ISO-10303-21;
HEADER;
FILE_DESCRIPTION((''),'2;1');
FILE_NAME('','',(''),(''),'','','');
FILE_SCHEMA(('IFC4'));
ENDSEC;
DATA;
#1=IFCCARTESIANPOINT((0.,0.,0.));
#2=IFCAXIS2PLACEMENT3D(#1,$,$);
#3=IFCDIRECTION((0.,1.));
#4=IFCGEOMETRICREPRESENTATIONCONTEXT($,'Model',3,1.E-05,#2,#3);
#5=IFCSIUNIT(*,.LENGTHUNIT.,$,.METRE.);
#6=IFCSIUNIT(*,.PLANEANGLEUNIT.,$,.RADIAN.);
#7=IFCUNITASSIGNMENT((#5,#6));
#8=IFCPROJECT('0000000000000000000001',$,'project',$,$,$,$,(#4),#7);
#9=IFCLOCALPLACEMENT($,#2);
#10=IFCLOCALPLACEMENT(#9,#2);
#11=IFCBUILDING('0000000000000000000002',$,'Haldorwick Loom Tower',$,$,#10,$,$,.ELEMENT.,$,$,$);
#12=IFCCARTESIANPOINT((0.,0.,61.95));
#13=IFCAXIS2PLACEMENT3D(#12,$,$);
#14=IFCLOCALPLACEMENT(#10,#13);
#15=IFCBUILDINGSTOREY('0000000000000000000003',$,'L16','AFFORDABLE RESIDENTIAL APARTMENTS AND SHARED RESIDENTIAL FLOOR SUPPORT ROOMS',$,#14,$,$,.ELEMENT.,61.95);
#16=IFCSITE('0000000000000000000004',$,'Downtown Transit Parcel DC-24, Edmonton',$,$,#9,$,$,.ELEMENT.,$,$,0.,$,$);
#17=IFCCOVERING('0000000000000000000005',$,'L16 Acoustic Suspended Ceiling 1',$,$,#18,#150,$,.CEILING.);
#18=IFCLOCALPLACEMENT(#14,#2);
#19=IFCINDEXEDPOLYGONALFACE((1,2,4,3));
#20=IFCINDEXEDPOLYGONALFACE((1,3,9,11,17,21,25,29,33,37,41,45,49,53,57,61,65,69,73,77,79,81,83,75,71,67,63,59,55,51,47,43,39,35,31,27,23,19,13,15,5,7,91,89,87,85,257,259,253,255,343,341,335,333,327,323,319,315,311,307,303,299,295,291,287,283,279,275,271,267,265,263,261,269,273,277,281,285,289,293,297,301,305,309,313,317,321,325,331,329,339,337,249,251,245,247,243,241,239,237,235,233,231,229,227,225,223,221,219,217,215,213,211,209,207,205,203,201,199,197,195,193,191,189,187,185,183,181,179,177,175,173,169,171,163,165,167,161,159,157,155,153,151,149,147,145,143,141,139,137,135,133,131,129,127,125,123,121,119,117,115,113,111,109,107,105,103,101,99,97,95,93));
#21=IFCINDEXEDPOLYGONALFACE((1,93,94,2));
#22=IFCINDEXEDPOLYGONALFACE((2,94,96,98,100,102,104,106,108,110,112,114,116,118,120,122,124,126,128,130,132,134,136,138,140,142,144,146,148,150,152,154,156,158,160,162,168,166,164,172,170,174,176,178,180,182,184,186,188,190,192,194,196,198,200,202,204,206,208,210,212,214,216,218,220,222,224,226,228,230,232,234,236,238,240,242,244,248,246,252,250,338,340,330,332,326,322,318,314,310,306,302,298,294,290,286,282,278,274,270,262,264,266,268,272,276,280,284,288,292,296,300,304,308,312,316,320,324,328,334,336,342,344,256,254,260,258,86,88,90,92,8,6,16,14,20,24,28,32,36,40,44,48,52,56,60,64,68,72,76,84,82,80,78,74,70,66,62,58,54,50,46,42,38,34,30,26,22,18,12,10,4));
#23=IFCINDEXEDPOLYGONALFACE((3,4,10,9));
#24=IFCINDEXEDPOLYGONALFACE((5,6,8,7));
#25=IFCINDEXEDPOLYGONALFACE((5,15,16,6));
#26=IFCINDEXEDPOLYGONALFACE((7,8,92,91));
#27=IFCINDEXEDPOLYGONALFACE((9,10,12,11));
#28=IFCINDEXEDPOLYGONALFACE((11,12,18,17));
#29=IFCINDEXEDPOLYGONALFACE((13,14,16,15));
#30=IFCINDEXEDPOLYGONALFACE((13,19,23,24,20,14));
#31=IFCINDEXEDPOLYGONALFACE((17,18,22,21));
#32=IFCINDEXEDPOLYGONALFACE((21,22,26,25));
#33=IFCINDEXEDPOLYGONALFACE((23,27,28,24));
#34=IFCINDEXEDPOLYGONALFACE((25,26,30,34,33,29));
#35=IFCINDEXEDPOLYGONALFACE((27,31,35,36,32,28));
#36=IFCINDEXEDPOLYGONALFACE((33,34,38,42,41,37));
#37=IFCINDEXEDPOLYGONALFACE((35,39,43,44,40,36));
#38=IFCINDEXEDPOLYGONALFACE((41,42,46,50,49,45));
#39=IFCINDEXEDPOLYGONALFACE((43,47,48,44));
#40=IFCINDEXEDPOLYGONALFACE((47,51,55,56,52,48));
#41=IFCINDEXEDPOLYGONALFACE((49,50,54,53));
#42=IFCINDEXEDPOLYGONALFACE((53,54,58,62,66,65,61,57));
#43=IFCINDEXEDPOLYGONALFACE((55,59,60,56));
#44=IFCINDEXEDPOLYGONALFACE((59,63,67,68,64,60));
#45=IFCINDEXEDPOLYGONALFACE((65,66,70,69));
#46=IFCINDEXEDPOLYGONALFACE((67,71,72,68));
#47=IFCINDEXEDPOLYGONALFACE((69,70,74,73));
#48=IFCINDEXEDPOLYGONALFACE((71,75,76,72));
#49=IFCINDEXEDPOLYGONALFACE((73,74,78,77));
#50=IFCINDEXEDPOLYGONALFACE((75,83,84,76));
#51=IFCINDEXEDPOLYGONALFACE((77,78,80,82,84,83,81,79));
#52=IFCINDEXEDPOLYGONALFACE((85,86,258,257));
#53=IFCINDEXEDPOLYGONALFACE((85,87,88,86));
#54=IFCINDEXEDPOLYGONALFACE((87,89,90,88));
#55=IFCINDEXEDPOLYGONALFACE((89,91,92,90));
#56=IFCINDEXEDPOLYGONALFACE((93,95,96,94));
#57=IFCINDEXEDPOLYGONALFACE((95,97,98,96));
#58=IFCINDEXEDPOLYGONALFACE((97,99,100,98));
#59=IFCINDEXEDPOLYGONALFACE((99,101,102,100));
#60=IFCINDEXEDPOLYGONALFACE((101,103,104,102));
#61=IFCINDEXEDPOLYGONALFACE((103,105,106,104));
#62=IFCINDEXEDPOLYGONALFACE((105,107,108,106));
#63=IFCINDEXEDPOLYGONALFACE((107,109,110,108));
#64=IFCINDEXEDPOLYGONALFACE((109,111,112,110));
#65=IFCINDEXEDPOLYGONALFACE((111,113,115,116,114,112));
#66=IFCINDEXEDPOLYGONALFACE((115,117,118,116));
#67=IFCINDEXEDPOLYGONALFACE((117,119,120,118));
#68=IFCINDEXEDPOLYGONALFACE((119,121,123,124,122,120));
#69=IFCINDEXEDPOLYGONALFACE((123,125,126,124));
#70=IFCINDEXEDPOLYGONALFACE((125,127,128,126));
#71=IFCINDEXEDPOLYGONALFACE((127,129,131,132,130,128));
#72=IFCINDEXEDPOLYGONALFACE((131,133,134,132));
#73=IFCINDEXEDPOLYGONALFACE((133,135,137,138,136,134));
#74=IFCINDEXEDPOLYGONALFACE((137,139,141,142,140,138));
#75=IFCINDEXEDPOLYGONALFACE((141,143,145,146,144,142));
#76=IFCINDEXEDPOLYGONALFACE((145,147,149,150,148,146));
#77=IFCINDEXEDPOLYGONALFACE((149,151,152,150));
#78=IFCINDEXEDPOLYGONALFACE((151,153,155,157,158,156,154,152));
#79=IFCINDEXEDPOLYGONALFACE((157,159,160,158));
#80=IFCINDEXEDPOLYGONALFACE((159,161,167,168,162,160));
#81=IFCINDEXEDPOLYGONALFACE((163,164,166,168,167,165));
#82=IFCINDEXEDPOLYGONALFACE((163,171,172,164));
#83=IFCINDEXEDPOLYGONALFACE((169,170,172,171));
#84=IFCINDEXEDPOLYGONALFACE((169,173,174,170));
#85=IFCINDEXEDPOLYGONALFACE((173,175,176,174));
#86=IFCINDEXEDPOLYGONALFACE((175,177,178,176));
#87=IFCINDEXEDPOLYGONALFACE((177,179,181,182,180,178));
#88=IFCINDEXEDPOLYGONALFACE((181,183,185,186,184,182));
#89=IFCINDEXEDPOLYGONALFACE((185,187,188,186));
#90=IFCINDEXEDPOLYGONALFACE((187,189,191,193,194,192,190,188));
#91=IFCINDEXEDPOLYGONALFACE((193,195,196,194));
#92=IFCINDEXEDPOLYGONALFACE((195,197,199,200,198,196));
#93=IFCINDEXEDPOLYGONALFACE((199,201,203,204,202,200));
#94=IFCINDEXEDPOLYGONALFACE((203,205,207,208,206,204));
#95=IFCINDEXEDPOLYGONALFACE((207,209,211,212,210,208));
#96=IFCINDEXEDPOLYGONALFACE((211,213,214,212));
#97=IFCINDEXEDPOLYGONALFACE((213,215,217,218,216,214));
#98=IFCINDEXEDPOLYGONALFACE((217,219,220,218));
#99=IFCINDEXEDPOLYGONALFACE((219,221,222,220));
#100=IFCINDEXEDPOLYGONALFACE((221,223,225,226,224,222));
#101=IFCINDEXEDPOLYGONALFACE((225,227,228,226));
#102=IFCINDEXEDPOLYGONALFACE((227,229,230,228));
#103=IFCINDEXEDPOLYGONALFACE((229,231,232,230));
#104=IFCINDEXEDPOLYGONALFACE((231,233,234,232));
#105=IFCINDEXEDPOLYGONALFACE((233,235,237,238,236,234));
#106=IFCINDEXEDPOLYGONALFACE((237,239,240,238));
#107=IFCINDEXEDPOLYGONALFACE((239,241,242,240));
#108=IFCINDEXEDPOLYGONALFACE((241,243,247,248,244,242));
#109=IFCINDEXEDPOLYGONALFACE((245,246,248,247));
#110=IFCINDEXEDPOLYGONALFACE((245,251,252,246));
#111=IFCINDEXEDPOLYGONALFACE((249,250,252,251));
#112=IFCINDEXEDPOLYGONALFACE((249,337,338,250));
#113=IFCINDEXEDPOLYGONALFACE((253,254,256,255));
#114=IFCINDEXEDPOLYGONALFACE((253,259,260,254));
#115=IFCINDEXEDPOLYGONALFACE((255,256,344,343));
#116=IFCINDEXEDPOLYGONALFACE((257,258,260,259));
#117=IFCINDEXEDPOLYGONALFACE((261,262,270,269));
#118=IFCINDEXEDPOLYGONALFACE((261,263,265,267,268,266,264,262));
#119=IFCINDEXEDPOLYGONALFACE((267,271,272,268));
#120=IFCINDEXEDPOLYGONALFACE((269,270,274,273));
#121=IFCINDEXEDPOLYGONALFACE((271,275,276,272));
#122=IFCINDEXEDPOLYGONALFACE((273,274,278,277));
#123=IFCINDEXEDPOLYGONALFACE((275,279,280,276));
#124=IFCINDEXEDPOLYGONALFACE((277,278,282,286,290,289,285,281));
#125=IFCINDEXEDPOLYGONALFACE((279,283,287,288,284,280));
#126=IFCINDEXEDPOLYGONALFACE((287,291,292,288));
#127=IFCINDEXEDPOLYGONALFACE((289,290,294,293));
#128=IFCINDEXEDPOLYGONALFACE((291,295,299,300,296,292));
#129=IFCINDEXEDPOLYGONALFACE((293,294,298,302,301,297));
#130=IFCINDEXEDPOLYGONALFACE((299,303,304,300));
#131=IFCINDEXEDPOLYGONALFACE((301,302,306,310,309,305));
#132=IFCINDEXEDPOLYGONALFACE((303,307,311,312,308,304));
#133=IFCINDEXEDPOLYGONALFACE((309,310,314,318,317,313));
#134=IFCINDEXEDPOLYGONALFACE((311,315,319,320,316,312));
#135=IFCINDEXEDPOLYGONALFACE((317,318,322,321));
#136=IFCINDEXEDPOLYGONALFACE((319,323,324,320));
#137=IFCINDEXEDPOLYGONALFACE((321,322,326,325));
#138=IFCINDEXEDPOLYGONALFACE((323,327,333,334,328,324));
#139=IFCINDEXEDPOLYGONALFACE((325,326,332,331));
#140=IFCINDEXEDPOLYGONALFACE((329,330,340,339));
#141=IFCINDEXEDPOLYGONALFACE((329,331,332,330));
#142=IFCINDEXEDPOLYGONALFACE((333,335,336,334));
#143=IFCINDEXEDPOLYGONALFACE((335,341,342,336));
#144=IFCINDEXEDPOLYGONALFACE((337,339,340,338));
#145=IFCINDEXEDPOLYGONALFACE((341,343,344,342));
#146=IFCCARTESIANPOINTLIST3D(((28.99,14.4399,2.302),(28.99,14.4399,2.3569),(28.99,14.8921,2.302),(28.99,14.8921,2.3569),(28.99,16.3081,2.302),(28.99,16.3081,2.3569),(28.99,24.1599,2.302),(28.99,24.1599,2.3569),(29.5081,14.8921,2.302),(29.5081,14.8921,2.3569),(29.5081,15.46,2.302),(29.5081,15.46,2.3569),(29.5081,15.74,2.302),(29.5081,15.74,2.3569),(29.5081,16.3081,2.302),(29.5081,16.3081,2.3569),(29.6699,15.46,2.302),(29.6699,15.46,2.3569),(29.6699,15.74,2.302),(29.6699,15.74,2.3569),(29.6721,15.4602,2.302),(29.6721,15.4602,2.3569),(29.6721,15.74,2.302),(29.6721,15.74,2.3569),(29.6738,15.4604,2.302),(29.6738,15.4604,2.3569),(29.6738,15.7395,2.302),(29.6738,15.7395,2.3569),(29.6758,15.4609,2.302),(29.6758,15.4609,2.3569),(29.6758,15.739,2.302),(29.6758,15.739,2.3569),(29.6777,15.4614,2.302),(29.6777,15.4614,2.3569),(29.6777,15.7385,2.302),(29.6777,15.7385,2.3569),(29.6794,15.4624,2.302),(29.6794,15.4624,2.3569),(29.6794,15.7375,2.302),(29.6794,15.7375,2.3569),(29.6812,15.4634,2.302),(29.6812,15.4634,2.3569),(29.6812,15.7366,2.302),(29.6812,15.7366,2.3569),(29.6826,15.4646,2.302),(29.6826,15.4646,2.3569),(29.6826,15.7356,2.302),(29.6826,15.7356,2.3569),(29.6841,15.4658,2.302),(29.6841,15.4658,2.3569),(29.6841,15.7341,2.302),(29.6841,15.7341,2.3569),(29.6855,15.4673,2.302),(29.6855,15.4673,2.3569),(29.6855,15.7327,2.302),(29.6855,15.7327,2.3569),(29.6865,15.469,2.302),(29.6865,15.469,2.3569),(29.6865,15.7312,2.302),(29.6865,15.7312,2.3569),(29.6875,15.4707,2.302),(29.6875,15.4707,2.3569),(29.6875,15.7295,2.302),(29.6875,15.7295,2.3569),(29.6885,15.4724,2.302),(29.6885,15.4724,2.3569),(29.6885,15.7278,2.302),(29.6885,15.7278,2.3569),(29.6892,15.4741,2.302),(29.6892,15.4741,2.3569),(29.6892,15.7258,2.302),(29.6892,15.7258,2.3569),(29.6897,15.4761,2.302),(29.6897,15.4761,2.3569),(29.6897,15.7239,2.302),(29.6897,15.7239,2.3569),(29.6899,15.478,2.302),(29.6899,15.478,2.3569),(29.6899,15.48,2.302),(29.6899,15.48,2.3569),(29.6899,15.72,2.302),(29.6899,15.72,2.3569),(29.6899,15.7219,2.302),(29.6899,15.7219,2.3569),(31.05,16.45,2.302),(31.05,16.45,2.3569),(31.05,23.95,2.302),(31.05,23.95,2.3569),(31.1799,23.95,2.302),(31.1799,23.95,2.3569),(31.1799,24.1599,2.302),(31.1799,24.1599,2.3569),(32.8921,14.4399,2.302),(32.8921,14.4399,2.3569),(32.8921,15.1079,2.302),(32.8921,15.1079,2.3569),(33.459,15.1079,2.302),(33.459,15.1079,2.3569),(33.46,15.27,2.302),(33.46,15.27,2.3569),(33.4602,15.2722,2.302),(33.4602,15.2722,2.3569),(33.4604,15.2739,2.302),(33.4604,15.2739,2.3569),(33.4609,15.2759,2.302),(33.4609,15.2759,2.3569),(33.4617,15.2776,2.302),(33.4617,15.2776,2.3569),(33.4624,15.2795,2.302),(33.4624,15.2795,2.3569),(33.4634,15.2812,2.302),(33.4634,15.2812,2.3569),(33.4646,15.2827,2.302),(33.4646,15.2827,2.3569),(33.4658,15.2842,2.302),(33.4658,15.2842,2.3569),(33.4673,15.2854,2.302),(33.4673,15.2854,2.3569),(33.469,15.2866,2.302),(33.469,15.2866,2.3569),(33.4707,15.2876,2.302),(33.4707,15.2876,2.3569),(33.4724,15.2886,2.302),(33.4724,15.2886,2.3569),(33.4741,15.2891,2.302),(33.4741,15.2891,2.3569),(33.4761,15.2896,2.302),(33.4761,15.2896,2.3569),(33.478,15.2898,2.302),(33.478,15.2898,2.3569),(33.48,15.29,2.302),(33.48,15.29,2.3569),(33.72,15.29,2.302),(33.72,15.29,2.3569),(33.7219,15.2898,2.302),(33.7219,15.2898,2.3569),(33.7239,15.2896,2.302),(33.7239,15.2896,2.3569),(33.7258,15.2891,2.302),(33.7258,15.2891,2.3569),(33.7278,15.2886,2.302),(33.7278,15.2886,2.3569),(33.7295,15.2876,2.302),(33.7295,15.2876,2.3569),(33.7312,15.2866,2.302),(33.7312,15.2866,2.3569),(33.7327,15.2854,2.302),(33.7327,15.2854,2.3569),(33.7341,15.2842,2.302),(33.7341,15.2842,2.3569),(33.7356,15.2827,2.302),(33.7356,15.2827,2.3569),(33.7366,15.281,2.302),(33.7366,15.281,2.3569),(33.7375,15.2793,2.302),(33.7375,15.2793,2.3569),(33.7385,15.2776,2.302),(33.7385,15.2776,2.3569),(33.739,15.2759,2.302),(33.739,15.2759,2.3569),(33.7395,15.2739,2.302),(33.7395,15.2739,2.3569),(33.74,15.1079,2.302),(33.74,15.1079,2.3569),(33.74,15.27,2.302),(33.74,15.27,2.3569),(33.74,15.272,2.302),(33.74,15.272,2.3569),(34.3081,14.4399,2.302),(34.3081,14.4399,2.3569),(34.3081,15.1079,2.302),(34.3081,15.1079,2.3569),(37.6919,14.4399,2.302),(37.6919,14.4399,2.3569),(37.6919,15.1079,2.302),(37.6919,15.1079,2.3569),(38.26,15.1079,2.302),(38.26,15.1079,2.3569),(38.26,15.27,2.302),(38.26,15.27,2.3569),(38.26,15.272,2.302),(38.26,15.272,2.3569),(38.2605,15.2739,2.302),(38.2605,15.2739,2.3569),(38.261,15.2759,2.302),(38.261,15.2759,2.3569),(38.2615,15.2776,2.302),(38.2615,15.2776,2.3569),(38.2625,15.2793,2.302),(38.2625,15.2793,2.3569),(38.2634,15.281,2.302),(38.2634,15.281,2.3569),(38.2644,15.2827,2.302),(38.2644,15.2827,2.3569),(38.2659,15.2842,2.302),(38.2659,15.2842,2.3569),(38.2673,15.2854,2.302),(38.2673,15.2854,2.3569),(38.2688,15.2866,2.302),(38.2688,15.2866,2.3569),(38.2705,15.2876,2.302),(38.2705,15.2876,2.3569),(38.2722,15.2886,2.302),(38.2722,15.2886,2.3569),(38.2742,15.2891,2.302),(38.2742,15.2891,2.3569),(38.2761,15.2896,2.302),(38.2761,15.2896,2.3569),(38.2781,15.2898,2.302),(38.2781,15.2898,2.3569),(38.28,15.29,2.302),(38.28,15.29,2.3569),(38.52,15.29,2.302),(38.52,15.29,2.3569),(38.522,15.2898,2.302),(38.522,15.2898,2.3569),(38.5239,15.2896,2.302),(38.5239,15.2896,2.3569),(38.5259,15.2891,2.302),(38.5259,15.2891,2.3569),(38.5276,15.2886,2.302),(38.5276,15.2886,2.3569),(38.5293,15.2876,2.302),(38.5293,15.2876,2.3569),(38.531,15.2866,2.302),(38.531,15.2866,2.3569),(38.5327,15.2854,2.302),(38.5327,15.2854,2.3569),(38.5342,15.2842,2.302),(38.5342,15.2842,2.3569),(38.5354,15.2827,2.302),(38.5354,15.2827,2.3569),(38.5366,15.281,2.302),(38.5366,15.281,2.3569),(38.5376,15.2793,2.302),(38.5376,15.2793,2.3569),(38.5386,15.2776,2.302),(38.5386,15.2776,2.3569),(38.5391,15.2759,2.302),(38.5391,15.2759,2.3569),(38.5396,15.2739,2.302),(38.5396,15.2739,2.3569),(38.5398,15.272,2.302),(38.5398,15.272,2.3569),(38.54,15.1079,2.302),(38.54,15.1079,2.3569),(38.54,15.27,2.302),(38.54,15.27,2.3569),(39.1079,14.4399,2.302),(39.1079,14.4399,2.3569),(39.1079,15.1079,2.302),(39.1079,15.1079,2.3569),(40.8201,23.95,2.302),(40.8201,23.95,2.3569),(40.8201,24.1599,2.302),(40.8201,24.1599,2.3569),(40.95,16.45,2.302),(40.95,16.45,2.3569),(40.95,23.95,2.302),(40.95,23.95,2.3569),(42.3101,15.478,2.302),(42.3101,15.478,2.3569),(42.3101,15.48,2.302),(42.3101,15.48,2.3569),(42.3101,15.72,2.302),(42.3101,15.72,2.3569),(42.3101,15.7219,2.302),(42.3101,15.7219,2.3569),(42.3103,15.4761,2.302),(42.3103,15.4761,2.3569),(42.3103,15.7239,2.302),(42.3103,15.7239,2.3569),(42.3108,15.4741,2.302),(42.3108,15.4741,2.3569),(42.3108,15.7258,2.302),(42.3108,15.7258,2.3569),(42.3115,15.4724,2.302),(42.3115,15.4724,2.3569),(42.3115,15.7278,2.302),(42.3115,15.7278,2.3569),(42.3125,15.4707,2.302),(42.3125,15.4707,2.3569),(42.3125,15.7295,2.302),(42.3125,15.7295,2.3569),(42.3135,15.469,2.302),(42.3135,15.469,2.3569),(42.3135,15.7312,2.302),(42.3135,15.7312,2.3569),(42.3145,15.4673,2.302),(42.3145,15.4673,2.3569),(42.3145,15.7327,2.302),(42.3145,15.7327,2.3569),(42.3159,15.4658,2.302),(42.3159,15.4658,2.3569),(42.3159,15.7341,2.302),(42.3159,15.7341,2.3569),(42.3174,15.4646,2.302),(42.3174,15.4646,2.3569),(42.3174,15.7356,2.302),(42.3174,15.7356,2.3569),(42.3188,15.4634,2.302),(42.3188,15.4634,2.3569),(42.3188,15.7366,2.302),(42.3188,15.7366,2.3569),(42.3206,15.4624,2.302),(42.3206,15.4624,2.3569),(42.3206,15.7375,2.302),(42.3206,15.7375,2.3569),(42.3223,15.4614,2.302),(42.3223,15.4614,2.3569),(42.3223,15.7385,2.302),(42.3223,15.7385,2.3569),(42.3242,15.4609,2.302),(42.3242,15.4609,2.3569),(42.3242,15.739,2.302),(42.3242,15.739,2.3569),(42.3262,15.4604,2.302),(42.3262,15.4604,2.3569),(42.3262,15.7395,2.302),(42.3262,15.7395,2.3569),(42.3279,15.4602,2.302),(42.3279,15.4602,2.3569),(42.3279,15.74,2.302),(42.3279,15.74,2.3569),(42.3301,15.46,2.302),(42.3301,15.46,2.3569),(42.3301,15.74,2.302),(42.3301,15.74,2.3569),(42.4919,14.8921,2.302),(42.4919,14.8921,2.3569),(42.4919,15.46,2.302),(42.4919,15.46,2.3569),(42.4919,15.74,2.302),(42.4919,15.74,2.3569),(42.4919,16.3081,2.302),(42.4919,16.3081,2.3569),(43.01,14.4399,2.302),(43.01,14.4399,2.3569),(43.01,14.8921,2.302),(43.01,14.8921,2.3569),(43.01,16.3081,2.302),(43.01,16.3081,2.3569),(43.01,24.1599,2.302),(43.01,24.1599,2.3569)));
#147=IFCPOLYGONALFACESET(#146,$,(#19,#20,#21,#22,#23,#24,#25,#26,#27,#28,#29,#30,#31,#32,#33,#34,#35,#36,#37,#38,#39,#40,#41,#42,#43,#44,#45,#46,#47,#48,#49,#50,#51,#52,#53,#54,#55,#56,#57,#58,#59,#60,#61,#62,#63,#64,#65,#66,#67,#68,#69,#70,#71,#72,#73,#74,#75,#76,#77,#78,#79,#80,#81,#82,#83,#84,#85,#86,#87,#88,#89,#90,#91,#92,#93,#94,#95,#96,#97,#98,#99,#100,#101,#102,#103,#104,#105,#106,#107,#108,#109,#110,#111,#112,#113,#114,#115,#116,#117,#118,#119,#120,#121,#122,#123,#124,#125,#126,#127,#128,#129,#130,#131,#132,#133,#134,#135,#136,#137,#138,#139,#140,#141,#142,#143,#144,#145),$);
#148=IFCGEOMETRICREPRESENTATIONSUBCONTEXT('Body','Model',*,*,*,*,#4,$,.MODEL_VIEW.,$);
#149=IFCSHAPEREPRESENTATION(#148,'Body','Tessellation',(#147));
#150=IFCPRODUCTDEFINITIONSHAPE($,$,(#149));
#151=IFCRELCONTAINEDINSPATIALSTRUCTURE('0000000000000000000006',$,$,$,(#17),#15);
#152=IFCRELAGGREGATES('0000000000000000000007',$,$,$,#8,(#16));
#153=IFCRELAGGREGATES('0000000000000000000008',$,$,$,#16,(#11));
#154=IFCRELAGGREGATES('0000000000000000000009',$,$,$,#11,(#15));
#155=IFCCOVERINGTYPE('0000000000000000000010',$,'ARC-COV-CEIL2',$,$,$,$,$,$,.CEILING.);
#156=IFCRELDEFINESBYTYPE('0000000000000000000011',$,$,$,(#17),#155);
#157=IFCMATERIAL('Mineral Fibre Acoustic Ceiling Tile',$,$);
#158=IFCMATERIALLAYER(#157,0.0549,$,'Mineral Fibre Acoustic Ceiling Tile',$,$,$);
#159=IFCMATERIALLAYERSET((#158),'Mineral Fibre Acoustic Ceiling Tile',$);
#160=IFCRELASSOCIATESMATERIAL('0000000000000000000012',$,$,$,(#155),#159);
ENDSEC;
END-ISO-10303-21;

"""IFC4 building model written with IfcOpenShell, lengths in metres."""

from ifc_helpers import new_model, si_unit, direction, frame, origin, place, context, subcontext, project, spatial, polyline, outline, extrude, material, layer, layer_set, type_object, element, save


model = new_model("IFC4")

# Units and contexts
model_context = context("Model", 3, precision=1e-05, world=origin(), true_north=direction((0.0, 1.0)))
body_context = subcontext(model_context, "Body", "Model", "MODEL_VIEW")
ifc_project = project(units=[si_unit("LENGTHUNIT", "METRE"), si_unit("PLANEANGLEUNIT", "RADIAN")], contexts=[model_context])

# Site, building, storey
site_placement = place(None, origin())
site = spatial("IfcSite", under=ifc_project, at=site_placement, Name="Downtown Transit Parcel DC-24, Edmonton", CompositionType="ELEMENT", RefElevation=0.0)
building_placement = place(site_placement, origin())
building = spatial("IfcBuilding", under=site, at=building_placement, Name="Haldorwick Loom Tower", CompositionType="ELEMENT")
storey_placement = place(building_placement, frame((0.0, 0.0, 61.95)))
storey = spatial("IfcBuildingStorey", under=building, at=storey_placement, Name="L16", Description="AFFORDABLE RESIDENTIAL APARTMENTS AND SHARED RESIDENTIAL FLOOR SUPPORT ROOMS", CompositionType="ELEMENT", Elevation=61.95)

# Covering
ifc_material_1 = material(Name="Mineral Fibre Acoustic Ceiling Tile")
ifc_layer_1 = layer(ifc_material_1, 0.0549, Name="Mineral Fibre Acoustic Ceiling Tile")
ifc_layer_set_1 = layer_set([ifc_layer_1], Name="Mineral Fibre Acoustic Ceiling Tile")
covering_type_1 = type_object("IfcCoveringType", Name="ARC-COV-CEIL2", PredefinedType="CEILING", material=ifc_layer_set_1)
covering_1_placement = place(storey_placement, frame((0.0, 0.0, 2.302)))
element("IfcCovering", 1, at=covering_1_placement, inside=storey, type_object=covering_type_1, Name="L16 Acoustic Suspended Ceiling 1", PredefinedType="CEILING", context=body_context, shape_type="SweptSolid", body=[
    extrude(outline(polyline([(33.74, 15.1079), (34.3081, 15.1079), (34.3081, 14.4399), (37.6919, 14.4399), (37.6919, 15.1079), (38.26, 15.1079), (38.26, 15.27), (38.26, 15.272), (38.2605, 15.2739), (38.261, 15.2759), (38.2615, 15.2776), (38.2625, 15.2793), (38.2634, 15.281), (38.2644, 15.2827), (38.2659, 15.2842), (38.2673, 15.2854), (38.2688, 15.2866), (38.2705, 15.2876), (38.2722, 15.2886), (38.2742, 15.2891), (38.2761, 15.2896), (38.2781, 15.2898), (38.28, 15.29), (38.52, 15.29), (38.522, 15.2898), (38.5239, 15.2896), (38.5259, 15.2891), (38.5276, 15.2886), (38.5293, 15.2876), (38.531, 15.2866), (38.5327, 15.2854), (38.5342, 15.2842), (38.5354, 15.2827), (38.5366, 15.281), (38.5376, 15.2793), (38.5386, 15.2776), (38.5391, 15.2759), (38.5396, 15.2739), (38.5398, 15.272), (38.54, 15.27), (38.54, 15.1079), (39.1079, 15.1079), (39.1079, 14.4399), (43.01, 14.4399), (43.01, 14.8921), (42.4919, 14.8921), (42.4919, 15.46), (42.3301, 15.46), (42.3279, 15.4602), (42.3262, 15.4604), (42.3242, 15.4609), (42.3223, 15.4614), (42.3206, 15.4624), (42.3188, 15.4634), (42.3174, 15.4646), (42.3159, 15.4658), (42.3145, 15.4673), (42.3135, 15.469), (42.3125, 15.4707), (42.3115, 15.4724), (42.3108, 15.4741), (42.3103, 15.4761), (42.3101, 15.478), (42.3101, 15.48), (42.3101, 15.72), (42.3101, 15.7219), (42.3103, 15.7239), (42.3108, 15.7258), (42.3115, 15.7278), (42.3125, 15.7295), (42.3135, 15.7312), (42.3145, 15.7327), (42.3159, 15.7341), (42.3174, 15.7356), (42.3188, 15.7366), (42.3206, 15.7375), (42.3223, 15.7385), (42.3242, 15.739), (42.3262, 15.7395), (42.3279, 15.74), (42.3301, 15.74), (42.4919, 15.74), (42.4919, 16.3081), (43.01, 16.3081), (43.01, 24.1599), (40.8201, 24.1599), (40.8201, 23.95), (40.95, 23.95), (40.95, 16.45), (31.05, 16.45), (31.05, 23.95), (31.1799, 23.95), (31.1799, 24.1599), (28.99, 24.1599), (28.99, 16.3081), (29.5081, 16.3081), (29.5081, 15.74), (29.6699, 15.74), (29.6721, 15.74), (29.6738, 15.7395), (29.6758, 15.739), (29.6777, 15.7385), (29.6794, 15.7375), (29.6812, 15.7366), (29.6826, 15.7356), (29.6841, 15.7341), (29.6855, 15.7327), (29.6865, 15.7312), (29.6875, 15.7295), (29.6885, 15.7278), (29.6892, 15.7258), (29.6897, 15.7239), (29.6899, 15.7219), (29.6899, 15.72), (29.6899, 15.48), (29.6899, 15.478), (29.6897, 15.4761), (29.6892, 15.4741), (29.6885, 15.4724), (29.6875, 15.4707), (29.6865, 15.469), (29.6855, 15.4673), (29.6841, 15.4658), (29.6826, 15.4646), (29.6812, 15.4634), (29.6794, 15.4624), (29.6777, 15.4614), (29.6758, 15.4609), (29.6738, 15.4604), (29.6721, 15.4602), (29.6699, 15.46), (29.5081, 15.46), (29.5081, 14.8921), (28.99, 14.8921), (28.99, 14.4399), (32.8921, 14.4399), (32.8921, 15.1079), (33.459, 15.1079), (33.46, 15.27), (33.4602, 15.2722), (33.4604, 15.2739), (33.4609, 15.2759), (33.4617, 15.2776), (33.4624, 15.2795), (33.4634, 15.2812), (33.4646, 15.2827), (33.4658, 15.2842), (33.4673, 15.2854), (33.469, 15.2866), (33.4707, 15.2876), (33.4724, 15.2886), (33.4741, 15.2891), (33.4761, 15.2896), (33.478, 15.2898), (33.48, 15.29), (33.72, 15.29), (33.7219, 15.2898), (33.7239, 15.2896), (33.7258, 15.2891), (33.7278, 15.2886), (33.7295, 15.2876), (33.7312, 15.2866), (33.7327, 15.2854), (33.7341, 15.2842), (33.7356, 15.2827), (33.7366, 15.281), (33.7375, 15.2793), (33.7385, 15.2776), (33.739, 15.2759), (33.7395, 15.2739), (33.74, 15.272), (33.74, 15.27), (33.74, 15.1079)])), origin(), (0.0, 0.0, 1.0), 0.0549),
])

save(model, "model.ifc")
